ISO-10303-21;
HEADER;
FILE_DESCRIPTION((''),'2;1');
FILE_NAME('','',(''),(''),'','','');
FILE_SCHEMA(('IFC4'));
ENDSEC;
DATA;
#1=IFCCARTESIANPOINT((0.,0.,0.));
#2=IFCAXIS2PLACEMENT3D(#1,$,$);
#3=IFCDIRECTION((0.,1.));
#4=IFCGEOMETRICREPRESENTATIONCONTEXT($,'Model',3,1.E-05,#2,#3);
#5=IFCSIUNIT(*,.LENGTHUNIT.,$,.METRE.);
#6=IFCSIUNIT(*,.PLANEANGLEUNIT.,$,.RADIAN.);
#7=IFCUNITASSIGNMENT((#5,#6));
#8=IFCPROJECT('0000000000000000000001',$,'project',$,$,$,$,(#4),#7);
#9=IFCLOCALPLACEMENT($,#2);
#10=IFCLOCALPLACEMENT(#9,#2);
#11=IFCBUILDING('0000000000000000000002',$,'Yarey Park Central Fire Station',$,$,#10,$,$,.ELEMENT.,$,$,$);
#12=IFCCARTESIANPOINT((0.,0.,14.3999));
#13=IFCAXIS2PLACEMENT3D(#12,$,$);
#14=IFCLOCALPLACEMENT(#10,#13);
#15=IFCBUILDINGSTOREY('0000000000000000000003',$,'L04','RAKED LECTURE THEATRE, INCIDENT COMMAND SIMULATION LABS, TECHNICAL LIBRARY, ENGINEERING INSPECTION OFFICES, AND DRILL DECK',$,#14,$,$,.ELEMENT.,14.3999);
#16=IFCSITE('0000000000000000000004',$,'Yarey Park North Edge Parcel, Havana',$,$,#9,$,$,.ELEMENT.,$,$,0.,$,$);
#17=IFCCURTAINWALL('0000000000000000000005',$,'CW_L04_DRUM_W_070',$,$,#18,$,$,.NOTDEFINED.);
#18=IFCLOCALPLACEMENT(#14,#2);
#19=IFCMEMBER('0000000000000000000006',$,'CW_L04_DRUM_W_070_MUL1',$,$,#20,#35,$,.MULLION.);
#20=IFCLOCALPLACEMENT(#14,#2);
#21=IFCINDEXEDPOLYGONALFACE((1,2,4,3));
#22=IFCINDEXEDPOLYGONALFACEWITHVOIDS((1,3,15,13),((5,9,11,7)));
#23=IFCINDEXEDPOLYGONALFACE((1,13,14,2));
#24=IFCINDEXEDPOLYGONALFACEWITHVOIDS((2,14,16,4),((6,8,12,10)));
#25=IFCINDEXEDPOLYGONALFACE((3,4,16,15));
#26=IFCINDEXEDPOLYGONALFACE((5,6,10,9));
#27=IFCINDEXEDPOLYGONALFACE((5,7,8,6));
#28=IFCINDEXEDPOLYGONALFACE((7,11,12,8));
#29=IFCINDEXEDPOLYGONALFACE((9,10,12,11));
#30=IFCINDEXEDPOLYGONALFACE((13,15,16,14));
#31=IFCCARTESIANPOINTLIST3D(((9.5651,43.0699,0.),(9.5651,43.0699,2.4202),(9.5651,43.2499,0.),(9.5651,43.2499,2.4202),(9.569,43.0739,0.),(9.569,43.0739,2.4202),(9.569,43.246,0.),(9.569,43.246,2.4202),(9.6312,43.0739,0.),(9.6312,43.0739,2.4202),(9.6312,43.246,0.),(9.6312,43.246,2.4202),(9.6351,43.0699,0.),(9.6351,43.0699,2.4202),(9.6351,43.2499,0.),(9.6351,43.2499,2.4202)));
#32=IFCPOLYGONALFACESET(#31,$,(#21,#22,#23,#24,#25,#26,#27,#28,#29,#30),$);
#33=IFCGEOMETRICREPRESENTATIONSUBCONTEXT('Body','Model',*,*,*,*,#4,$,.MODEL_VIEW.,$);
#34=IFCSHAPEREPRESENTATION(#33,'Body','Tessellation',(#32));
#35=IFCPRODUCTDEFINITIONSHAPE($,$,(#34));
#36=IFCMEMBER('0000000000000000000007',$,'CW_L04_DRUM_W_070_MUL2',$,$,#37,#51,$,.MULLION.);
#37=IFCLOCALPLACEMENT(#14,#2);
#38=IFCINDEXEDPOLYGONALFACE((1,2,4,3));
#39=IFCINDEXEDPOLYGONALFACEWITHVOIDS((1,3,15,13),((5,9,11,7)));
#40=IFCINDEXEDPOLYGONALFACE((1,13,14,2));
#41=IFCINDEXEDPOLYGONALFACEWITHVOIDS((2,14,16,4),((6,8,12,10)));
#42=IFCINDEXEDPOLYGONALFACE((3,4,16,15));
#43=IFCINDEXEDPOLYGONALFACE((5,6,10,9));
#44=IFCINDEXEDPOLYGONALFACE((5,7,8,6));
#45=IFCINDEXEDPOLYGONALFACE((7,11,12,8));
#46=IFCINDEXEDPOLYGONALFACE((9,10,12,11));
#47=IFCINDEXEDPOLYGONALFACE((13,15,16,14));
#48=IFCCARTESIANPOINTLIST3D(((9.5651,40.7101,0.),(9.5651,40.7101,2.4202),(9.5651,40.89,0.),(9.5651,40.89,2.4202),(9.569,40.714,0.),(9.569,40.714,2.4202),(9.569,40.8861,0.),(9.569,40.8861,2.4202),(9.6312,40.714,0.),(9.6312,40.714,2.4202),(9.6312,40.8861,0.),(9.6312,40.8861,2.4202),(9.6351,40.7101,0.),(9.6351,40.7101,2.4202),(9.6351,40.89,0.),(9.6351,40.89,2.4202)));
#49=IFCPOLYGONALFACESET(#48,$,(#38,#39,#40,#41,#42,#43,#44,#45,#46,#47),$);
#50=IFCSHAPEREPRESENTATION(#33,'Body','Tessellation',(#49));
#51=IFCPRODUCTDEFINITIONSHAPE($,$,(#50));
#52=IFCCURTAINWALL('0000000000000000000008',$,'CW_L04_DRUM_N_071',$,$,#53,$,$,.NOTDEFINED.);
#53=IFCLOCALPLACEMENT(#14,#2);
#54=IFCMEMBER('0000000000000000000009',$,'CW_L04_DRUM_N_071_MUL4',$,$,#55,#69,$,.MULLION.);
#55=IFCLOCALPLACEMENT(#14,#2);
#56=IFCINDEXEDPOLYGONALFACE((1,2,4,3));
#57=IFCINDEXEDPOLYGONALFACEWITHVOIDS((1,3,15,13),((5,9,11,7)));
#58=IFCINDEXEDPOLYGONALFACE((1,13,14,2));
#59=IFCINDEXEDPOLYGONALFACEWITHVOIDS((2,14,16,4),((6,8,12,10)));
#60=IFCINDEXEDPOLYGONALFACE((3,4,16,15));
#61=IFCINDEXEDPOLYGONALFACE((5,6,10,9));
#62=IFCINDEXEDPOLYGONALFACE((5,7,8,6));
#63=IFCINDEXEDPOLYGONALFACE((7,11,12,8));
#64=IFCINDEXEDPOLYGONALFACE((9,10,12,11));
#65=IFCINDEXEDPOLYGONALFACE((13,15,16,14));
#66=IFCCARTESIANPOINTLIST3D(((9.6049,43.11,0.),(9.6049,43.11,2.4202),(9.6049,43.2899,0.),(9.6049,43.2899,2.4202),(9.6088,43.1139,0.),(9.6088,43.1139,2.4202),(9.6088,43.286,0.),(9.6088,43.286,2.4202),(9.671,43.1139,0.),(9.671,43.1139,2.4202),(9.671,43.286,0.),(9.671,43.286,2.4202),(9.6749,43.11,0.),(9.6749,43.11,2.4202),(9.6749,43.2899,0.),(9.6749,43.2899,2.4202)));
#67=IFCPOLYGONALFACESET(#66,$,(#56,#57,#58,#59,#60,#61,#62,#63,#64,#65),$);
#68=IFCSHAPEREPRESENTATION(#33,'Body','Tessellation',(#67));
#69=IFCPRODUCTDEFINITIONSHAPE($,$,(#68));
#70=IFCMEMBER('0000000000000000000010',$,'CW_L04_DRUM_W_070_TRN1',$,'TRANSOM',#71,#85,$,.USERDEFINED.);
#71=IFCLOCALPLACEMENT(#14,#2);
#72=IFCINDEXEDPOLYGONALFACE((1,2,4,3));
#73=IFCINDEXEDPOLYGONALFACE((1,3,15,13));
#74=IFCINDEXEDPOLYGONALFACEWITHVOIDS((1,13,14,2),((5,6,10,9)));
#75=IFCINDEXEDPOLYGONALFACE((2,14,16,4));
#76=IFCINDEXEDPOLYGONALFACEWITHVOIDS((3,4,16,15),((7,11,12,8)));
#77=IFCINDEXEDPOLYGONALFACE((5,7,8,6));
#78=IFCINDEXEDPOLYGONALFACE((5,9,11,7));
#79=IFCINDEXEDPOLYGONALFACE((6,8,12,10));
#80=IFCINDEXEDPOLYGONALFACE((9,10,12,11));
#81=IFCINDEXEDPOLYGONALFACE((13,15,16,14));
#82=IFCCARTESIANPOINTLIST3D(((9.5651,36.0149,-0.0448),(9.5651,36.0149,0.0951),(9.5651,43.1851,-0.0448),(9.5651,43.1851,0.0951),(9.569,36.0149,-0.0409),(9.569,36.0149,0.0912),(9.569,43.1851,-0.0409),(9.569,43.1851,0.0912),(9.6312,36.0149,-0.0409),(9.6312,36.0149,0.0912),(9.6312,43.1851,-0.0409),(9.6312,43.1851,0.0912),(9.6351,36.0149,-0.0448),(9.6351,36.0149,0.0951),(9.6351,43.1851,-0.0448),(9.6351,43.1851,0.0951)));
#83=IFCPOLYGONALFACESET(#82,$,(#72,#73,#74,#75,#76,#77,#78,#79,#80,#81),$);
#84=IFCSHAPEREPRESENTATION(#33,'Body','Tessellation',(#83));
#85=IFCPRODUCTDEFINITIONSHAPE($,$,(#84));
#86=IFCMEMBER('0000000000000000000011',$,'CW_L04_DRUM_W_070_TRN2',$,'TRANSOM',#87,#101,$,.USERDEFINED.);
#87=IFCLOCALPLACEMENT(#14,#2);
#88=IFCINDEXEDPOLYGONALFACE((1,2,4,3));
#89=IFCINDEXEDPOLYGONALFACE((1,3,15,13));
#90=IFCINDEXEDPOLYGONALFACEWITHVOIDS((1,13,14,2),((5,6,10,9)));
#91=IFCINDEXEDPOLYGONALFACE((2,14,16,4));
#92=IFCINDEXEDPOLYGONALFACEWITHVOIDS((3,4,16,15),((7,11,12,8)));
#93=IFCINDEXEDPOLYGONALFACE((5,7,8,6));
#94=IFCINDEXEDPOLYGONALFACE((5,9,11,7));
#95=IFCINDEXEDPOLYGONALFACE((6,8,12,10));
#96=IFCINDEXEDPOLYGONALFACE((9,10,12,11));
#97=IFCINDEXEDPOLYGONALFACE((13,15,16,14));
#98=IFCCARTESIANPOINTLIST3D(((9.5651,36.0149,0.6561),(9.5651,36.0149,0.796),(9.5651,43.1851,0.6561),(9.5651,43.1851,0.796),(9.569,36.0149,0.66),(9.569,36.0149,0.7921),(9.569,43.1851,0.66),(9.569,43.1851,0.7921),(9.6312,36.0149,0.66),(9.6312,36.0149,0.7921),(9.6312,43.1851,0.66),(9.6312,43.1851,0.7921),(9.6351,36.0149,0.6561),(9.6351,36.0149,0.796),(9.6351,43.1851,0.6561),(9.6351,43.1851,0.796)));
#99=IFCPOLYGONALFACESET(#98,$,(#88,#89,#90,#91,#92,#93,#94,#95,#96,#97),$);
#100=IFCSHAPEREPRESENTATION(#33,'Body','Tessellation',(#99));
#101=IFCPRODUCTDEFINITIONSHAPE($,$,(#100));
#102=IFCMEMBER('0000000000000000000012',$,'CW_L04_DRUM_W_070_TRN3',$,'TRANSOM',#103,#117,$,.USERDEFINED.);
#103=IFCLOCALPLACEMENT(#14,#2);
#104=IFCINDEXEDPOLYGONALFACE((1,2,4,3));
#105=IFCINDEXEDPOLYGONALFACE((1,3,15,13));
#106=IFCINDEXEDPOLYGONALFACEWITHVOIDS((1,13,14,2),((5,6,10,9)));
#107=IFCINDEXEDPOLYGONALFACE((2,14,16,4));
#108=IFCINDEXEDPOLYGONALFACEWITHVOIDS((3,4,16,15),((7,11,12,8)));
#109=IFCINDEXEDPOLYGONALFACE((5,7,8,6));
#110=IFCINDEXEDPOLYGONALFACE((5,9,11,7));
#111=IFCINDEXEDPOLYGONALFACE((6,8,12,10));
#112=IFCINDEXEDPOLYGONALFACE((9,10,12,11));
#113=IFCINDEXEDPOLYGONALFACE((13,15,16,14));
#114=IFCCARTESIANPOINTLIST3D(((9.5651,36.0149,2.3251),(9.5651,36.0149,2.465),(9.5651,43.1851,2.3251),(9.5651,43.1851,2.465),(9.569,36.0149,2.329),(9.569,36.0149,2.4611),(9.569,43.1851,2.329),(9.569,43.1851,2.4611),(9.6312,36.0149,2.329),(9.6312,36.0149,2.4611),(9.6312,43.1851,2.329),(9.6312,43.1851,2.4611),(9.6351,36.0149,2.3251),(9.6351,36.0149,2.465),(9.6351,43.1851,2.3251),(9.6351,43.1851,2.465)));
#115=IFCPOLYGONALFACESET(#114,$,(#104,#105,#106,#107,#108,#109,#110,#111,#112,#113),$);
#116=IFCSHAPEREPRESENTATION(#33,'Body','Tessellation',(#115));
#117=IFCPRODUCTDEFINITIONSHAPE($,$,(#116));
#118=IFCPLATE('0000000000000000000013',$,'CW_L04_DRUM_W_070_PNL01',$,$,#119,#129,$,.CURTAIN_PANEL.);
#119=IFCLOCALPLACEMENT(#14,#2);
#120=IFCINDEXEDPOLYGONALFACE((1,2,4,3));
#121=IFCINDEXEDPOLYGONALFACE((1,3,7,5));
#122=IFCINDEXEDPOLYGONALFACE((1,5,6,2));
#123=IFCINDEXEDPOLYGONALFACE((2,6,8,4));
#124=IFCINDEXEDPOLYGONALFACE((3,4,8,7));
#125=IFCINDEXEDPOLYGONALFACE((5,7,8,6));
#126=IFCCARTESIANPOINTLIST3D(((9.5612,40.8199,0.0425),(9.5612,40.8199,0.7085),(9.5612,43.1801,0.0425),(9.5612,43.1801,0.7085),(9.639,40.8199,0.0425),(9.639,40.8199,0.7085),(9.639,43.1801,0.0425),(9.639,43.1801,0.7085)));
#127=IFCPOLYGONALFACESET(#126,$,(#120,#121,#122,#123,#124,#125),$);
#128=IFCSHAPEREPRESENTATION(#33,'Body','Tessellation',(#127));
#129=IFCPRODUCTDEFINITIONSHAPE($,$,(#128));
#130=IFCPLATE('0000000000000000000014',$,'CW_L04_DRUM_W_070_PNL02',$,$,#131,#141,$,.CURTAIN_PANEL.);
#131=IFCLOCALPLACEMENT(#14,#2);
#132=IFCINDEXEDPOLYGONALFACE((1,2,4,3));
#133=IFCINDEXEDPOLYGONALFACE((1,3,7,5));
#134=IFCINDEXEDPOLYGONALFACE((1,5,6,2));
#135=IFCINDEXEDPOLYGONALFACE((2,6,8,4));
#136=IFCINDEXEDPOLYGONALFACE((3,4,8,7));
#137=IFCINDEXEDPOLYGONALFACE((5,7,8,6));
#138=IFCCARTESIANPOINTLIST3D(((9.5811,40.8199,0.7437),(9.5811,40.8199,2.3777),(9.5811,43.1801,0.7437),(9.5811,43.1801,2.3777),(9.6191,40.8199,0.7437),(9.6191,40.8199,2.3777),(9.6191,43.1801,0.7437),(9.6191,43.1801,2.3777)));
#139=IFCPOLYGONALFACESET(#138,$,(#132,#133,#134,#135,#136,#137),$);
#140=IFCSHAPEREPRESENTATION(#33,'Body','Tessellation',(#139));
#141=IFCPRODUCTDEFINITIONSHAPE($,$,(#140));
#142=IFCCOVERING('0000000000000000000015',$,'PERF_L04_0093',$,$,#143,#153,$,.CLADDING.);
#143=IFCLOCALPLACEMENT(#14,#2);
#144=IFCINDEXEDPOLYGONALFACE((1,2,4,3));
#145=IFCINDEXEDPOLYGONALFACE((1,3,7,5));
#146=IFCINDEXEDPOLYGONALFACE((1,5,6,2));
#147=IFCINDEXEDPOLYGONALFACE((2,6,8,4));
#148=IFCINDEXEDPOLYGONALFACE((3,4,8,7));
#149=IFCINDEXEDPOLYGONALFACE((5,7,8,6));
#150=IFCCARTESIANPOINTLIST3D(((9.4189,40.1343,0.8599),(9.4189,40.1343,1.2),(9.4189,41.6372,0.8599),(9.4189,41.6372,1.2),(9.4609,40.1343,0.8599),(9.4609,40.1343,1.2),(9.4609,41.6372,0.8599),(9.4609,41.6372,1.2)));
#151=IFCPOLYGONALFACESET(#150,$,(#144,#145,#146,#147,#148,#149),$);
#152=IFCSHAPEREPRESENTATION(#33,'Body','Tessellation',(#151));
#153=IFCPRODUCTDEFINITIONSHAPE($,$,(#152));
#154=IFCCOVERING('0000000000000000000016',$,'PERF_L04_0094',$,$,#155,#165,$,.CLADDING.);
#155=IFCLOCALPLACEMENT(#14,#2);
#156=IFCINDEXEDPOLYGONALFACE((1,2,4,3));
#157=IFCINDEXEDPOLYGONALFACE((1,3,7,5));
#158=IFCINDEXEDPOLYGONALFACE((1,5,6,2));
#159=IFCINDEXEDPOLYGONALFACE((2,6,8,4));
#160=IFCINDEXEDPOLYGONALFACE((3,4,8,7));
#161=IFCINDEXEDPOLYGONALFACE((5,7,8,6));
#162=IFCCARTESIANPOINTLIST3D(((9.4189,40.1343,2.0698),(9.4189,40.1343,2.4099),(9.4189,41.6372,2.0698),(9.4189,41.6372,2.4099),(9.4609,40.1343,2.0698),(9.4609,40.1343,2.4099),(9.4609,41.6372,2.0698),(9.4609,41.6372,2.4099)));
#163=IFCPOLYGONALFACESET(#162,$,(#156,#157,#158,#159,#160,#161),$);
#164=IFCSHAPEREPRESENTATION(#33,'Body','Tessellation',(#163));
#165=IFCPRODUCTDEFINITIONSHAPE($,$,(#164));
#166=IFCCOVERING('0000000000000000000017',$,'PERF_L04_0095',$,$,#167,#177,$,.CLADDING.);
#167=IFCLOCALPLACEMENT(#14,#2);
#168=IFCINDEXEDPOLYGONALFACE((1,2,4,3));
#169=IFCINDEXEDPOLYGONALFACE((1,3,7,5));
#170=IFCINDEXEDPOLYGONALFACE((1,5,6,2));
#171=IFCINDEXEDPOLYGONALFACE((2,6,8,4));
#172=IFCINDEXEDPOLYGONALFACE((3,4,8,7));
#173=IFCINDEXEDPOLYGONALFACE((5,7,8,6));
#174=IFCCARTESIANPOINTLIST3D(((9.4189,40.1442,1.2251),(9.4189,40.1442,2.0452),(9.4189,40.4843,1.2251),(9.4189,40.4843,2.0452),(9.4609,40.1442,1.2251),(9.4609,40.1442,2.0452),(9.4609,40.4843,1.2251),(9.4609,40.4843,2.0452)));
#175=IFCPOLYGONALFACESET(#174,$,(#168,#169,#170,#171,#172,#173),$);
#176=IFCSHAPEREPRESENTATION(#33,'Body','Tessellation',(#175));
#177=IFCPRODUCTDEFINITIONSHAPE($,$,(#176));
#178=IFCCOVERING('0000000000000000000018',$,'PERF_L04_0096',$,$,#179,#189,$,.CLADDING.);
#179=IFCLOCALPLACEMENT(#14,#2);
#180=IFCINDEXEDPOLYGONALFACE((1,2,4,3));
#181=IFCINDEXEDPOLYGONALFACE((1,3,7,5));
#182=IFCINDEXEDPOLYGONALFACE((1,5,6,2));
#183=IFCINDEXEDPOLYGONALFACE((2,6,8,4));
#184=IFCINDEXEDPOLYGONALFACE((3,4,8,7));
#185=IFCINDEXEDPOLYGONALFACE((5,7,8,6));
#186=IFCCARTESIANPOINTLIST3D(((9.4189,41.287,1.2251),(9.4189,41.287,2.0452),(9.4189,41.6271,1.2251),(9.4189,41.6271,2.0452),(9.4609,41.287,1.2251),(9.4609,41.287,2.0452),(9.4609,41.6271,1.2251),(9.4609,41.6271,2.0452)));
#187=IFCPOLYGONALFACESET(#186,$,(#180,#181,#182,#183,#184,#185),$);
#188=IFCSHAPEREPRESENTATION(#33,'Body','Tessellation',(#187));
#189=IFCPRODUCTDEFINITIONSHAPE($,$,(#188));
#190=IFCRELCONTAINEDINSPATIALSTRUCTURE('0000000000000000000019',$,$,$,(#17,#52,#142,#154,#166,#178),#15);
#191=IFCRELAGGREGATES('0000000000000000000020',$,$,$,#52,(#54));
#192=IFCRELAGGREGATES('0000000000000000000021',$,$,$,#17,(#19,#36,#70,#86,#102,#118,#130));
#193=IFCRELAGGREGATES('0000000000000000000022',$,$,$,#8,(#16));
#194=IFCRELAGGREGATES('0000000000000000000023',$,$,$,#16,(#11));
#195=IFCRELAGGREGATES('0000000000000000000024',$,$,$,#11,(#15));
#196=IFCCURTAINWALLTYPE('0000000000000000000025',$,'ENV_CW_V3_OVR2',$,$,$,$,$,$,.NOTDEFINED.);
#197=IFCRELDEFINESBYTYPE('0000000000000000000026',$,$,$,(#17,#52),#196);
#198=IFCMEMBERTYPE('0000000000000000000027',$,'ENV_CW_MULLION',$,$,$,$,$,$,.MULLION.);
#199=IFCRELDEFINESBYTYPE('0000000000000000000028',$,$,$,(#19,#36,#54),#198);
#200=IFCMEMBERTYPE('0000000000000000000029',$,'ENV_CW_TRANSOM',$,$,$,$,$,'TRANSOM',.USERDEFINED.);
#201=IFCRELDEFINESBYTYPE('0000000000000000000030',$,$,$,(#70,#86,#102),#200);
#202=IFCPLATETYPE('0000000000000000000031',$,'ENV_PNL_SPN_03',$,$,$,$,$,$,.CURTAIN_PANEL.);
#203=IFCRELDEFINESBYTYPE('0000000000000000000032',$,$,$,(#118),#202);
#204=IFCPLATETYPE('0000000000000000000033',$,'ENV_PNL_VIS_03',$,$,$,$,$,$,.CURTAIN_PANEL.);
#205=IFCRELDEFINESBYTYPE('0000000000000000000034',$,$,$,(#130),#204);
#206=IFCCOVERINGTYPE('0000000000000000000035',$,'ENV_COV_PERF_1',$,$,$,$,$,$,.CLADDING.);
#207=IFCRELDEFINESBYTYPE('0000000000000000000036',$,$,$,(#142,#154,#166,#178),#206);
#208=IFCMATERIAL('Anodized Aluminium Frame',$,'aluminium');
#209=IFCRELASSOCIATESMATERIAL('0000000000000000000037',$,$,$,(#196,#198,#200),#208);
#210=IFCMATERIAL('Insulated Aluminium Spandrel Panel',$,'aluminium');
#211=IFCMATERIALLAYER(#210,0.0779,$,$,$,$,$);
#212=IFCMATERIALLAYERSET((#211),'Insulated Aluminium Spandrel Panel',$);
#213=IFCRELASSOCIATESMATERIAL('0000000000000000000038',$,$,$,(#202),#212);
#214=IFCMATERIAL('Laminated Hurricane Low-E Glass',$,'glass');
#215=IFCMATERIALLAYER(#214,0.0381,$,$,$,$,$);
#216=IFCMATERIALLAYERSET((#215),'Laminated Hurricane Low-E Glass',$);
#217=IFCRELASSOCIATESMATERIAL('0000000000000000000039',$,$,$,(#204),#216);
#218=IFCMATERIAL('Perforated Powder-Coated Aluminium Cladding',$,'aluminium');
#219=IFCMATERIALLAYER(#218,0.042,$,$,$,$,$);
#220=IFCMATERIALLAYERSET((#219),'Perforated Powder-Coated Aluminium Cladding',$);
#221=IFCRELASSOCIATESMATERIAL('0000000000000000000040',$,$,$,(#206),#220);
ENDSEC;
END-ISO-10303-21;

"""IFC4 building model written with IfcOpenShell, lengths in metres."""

from ifc_helpers import new_model, si_unit, direction, frame, origin, origin_2d, place, context, subcontext, project, spatial, rectangle, hollow_rectangle, extrude, material, layer, layer_set, material_profile, profile_set, type_object, element, aggregate, save


model = new_model("IFC4")

# Units and contexts
model_context = context("Model", 3, precision=1e-05, world=origin(), true_north=direction((0.0, 1.0)))
body_context = subcontext(model_context, "Body", "Model", "MODEL_VIEW")
ifc_project = project(units=[si_unit("LENGTHUNIT", "METRE"), si_unit("PLANEANGLEUNIT", "RADIAN")], contexts=[model_context])

# Site, building, storey
site_placement = place(None, origin())
site = spatial("IfcSite", under=ifc_project, at=site_placement, Name="Yarey Park North Edge Parcel, Havana", CompositionType="ELEMENT", RefElevation=0.0)
building_placement = place(site_placement, origin())
building = spatial("IfcBuilding", under=site, at=building_placement, Name="Yarey Park Central Fire Station", CompositionType="ELEMENT")
storey_placement = place(building_placement, frame((0.0, 0.0, 14.3999)))
storey = spatial("IfcBuildingStorey", under=building, at=storey_placement, Name="L04", Description="RAKED LECTURE THEATRE, INCIDENT COMMAND SIMULATION LABS, TECHNICAL LIBRARY, ENGINEERING INSPECTION OFFICES, AND DRILL DECK", CompositionType="ELEMENT", Elevation=14.3999)

# Curtain wall, members
ifc_material_1 = material(Name="Anodized Aluminium Frame", Category="aluminium")
curtain_wall_type = type_object("IfcCurtainWallType", Name="ENV_CW_V3_OVR2", PredefinedType="NOTDEFINED", material=ifc_material_1)
curtain_wall_1_placement = place(storey_placement, origin())
curtain_wall_1 = element("IfcCurtainWall", 1, at=curtain_wall_1_placement, inside=storey, type_object=curtain_wall_type, Name="CW_L04_DRUM_W_070", PredefinedType="NOTDEFINED")
ifc_material_profile_1 = material_profile(ifc_material_1, hollow_rectangle(XDim=0.0701, YDim=0.1799, WallThickness=0.0039, at=origin_2d()), Name="ALU 180x70x4")
ifc_profile_set_1 = profile_set([ifc_material_profile_1], Name="Anodized Aluminium Frame")
member_type_1 = type_object("IfcMemberType", Name="ENV_CW_MULLION", PredefinedType="MULLION", material=ifc_profile_set_1)
member_1_placement = place(storey_placement, frame((9.6001, 43.1599, 0.0), z_axis=(0.0, 0.0, 1.0), x_axis=(1.0, 0.0, 0.0)))
member_1 = element("IfcMember", 2, at=member_1_placement, type_object=member_type_1, Name="CW_L04_DRUM_W_070_MUL1", PredefinedType="MULLION", context=body_context, shape_type="SweptSolid", body=[
    extrude(hollow_rectangle(XDim=0.0701, YDim=0.1799, WallThickness=0.0039, at=origin_2d()), origin(), (0.0, 0.0, 1.0), 2.4202),
])
member_2_placement = place(storey_placement, frame((9.6001, 40.8, 0.0), z_axis=(0.0, 0.0, 1.0), x_axis=(1.0, 0.0, 0.0)))
member_2 = element("IfcMember", 3, at=member_2_placement, type_object=member_type_1, Name="CW_L04_DRUM_W_070_MUL2", PredefinedType="MULLION", context=body_context, shape_type="SweptSolid", body=[
    extrude(hollow_rectangle(XDim=0.0701, YDim=0.1799, WallThickness=0.0039, at=origin_2d()), origin(), (0.0, 0.0, 1.0), 2.4202),
])

# Curtain wall, member
curtain_wall_2_placement = place(storey_placement, origin())
curtain_wall_2 = element("IfcCurtainWall", 4, at=curtain_wall_2_placement, inside=storey, type_object=curtain_wall_type, Name="CW_L04_DRUM_N_071", PredefinedType="NOTDEFINED")
member_3_placement = place(storey_placement, frame((9.6399, 43.2, 0.0), z_axis=(0.0, 0.0, 1.0), x_axis=(1.0, 0.0, 0.0)))
member_3 = element("IfcMember", 5, at=member_3_placement, type_object=member_type_1, Name="CW_L04_DRUM_N_071_MUL4", PredefinedType="MULLION", context=body_context, shape_type="SweptSolid", body=[
    extrude(hollow_rectangle(XDim=0.0701, YDim=0.1799, WallThickness=0.0039, at=origin_2d()), origin(), (0.0, 0.0, 1.0), 2.4202),
])
aggregate(curtain_wall_2, [member_3])

# Members
ifc_material_profile_2 = material_profile(ifc_material_1, hollow_rectangle(XDim=0.0701, YDim=0.1399, WallThickness=0.0039, at=origin_2d()), Name="ALU 140x70x4")
ifc_profile_set_2 = profile_set([ifc_material_profile_2], Name="Anodized Aluminium Frame")
member_type_2 = type_object("IfcMemberType", Name="ENV_CW_TRANSOM", ElementType="TRANSOM", PredefinedType="USERDEFINED", material=ifc_profile_set_2)
member_4_placement = place(storey_placement, frame((9.6001, 43.1851, 0.0251), z_axis=(0.0, -1.0, 0.0), x_axis=(1.0, 0.0, 0.0)))
member_4 = element("IfcMember", 6, at=member_4_placement, type_object=member_type_2, Name="CW_L04_DRUM_W_070_TRN1", ObjectType="TRANSOM", PredefinedType="USERDEFINED", context=body_context, shape_type="SweptSolid", body=[
    extrude(hollow_rectangle(XDim=0.0701, YDim=0.1399, WallThickness=0.0039, at=origin_2d()), origin(), (0.0, 0.0, 1.0), 7.1702),
])
member_5_placement = place(storey_placement, frame((9.6001, 43.1851, 0.7261), z_axis=(0.0, -1.0, 0.0), x_axis=(1.0, 0.0, 0.0)))
member_5 = element("IfcMember", 7, at=member_5_placement, type_object=member_type_2, Name="CW_L04_DRUM_W_070_TRN2", ObjectType="TRANSOM", PredefinedType="USERDEFINED", context=body_context, shape_type="SweptSolid", body=[
    extrude(hollow_rectangle(XDim=0.0701, YDim=0.1399, WallThickness=0.0039, at=origin_2d()), origin(), (0.0, 0.0, 1.0), 7.1702),
])
member_6_placement = place(storey_placement, frame((9.6001, 43.1851, 2.395), z_axis=(0.0, -1.0, 0.0), x_axis=(1.0, 0.0, 0.0)))
member_6 = element("IfcMember", 8, at=member_6_placement, type_object=member_type_2, Name="CW_L04_DRUM_W_070_TRN3", ObjectType="TRANSOM", PredefinedType="USERDEFINED", context=body_context, shape_type="SweptSolid", body=[
    extrude(hollow_rectangle(XDim=0.0701, YDim=0.1399, WallThickness=0.0039, at=origin_2d()), origin(), (0.0, 0.0, 1.0), 7.1702),
])

# Plates
ifc_material_2 = material(Name="Insulated Aluminium Spandrel Panel", Category="aluminium")
ifc_layer_1 = layer(ifc_material_2, 0.0779)
ifc_layer_set_1 = layer_set([ifc_layer_1], Name="Insulated Aluminium Spandrel Panel")
plate_type_1 = type_object("IfcPlateType", Name="ENV_PNL_SPN_03", PredefinedType="CURTAIN_PANEL", material=ifc_layer_set_1)
plate_1_placement = place(storey_placement, frame((9.6001, 42.0, 0.0425), z_axis=(0.0, 0.0, 1.0), x_axis=(0.0, -1.0, 0.0)))
plate_1 = element("IfcPlate", 9, at=plate_1_placement, type_object=plate_type_1, Name="CW_L04_DRUM_W_070_PNL01", PredefinedType="CURTAIN_PANEL", context=body_context, shape_type="SweptSolid", body=[
    extrude(rectangle(XDim=2.3601, YDim=0.0779, at=origin_2d()), origin(), (0.0, 0.0, 1.0), 0.666),
])
ifc_material_3 = material(Name="Laminated Hurricane Low-E Glass", Category="glass")
ifc_layer_2 = layer(ifc_material_3, 0.0381)
ifc_layer_set_2 = layer_set([ifc_layer_2], Name="Laminated Hurricane Low-E Glass")
plate_type_2 = type_object("IfcPlateType", Name="ENV_PNL_VIS_03", PredefinedType="CURTAIN_PANEL", material=ifc_layer_set_2)
plate_2_placement = place(storey_placement, frame((9.6001, 42.0, 0.7437), z_axis=(0.0, 0.0, 1.0), x_axis=(0.0, -1.0, 0.0)))
plate_2 = element("IfcPlate", 10, at=plate_2_placement, type_object=plate_type_2, Name="CW_L04_DRUM_W_070_PNL02", PredefinedType="CURTAIN_PANEL", context=body_context, shape_type="SweptSolid", body=[
    extrude(rectangle(XDim=2.3601, YDim=0.0381, at=origin_2d()), origin(), (0.0, 0.0, 1.0), 1.634),
])
aggregate(curtain_wall_1, [member_1, member_2, member_4, member_5, member_6, plate_1, plate_2])

# Coverings
ifc_material_4 = material(Name="Perforated Powder-Coated Aluminium Cladding", Category="aluminium")
ifc_layer_3 = layer(ifc_material_4, 0.042)
ifc_layer_set_3 = layer_set([ifc_layer_3], Name="Perforated Powder-Coated Aluminium Cladding")
covering_type_1 = type_object("IfcCoveringType", Name="ENV_COV_PERF_1", PredefinedType="CLADDING", material=ifc_layer_set_3)
for number, where, z_axis, x_axis, name in (
    (11, (9.4399, 40.8857, 0.8599), (0.0, 0.0, 1.0), (0.0, 1.0, 0.0), "PERF_L04_0093"),
    (12, (9.4399, 40.8857, 2.0698), (0.0, 0.0, 1.0), (0.0, 1.0, 0.0), "PERF_L04_0094"),
):
    element("IfcCovering", number, at=place(storey_placement, frame(where, z_axis=z_axis, x_axis=x_axis)), inside=storey, type_object=covering_type_1, Name=name, PredefinedType="CLADDING", context=body_context, shape_type="SweptSolid", body=[
        extrude(rectangle(XDim=1.5029, YDim=0.042, at=origin_2d()), origin(), (0.0, 0.0, 1.0), 0.3401),
    ])
for number, where, z_axis, x_axis, name in (
    (13, (9.4399, 40.3142, 1.2251), (0.0, 0.0, 1.0), (0.0, 1.0, 0.0), "PERF_L04_0095"),
    (14, (9.4399, 41.457, 1.2251), (0.0, 0.0, 1.0), (0.0, 1.0, 0.0), "PERF_L04_0096"),
):
    element("IfcCovering", number, at=place(storey_placement, frame(where, z_axis=z_axis, x_axis=x_axis)), inside=storey, type_object=covering_type_1, Name=name, PredefinedType="CLADDING", context=body_context, shape_type="SweptSolid", body=[
        extrude(rectangle(XDim=0.3401, YDim=0.042, at=origin_2d()), origin(), (0.0, 0.0, 1.0), 0.8201),
    ])

save(model, "model.ifc")
